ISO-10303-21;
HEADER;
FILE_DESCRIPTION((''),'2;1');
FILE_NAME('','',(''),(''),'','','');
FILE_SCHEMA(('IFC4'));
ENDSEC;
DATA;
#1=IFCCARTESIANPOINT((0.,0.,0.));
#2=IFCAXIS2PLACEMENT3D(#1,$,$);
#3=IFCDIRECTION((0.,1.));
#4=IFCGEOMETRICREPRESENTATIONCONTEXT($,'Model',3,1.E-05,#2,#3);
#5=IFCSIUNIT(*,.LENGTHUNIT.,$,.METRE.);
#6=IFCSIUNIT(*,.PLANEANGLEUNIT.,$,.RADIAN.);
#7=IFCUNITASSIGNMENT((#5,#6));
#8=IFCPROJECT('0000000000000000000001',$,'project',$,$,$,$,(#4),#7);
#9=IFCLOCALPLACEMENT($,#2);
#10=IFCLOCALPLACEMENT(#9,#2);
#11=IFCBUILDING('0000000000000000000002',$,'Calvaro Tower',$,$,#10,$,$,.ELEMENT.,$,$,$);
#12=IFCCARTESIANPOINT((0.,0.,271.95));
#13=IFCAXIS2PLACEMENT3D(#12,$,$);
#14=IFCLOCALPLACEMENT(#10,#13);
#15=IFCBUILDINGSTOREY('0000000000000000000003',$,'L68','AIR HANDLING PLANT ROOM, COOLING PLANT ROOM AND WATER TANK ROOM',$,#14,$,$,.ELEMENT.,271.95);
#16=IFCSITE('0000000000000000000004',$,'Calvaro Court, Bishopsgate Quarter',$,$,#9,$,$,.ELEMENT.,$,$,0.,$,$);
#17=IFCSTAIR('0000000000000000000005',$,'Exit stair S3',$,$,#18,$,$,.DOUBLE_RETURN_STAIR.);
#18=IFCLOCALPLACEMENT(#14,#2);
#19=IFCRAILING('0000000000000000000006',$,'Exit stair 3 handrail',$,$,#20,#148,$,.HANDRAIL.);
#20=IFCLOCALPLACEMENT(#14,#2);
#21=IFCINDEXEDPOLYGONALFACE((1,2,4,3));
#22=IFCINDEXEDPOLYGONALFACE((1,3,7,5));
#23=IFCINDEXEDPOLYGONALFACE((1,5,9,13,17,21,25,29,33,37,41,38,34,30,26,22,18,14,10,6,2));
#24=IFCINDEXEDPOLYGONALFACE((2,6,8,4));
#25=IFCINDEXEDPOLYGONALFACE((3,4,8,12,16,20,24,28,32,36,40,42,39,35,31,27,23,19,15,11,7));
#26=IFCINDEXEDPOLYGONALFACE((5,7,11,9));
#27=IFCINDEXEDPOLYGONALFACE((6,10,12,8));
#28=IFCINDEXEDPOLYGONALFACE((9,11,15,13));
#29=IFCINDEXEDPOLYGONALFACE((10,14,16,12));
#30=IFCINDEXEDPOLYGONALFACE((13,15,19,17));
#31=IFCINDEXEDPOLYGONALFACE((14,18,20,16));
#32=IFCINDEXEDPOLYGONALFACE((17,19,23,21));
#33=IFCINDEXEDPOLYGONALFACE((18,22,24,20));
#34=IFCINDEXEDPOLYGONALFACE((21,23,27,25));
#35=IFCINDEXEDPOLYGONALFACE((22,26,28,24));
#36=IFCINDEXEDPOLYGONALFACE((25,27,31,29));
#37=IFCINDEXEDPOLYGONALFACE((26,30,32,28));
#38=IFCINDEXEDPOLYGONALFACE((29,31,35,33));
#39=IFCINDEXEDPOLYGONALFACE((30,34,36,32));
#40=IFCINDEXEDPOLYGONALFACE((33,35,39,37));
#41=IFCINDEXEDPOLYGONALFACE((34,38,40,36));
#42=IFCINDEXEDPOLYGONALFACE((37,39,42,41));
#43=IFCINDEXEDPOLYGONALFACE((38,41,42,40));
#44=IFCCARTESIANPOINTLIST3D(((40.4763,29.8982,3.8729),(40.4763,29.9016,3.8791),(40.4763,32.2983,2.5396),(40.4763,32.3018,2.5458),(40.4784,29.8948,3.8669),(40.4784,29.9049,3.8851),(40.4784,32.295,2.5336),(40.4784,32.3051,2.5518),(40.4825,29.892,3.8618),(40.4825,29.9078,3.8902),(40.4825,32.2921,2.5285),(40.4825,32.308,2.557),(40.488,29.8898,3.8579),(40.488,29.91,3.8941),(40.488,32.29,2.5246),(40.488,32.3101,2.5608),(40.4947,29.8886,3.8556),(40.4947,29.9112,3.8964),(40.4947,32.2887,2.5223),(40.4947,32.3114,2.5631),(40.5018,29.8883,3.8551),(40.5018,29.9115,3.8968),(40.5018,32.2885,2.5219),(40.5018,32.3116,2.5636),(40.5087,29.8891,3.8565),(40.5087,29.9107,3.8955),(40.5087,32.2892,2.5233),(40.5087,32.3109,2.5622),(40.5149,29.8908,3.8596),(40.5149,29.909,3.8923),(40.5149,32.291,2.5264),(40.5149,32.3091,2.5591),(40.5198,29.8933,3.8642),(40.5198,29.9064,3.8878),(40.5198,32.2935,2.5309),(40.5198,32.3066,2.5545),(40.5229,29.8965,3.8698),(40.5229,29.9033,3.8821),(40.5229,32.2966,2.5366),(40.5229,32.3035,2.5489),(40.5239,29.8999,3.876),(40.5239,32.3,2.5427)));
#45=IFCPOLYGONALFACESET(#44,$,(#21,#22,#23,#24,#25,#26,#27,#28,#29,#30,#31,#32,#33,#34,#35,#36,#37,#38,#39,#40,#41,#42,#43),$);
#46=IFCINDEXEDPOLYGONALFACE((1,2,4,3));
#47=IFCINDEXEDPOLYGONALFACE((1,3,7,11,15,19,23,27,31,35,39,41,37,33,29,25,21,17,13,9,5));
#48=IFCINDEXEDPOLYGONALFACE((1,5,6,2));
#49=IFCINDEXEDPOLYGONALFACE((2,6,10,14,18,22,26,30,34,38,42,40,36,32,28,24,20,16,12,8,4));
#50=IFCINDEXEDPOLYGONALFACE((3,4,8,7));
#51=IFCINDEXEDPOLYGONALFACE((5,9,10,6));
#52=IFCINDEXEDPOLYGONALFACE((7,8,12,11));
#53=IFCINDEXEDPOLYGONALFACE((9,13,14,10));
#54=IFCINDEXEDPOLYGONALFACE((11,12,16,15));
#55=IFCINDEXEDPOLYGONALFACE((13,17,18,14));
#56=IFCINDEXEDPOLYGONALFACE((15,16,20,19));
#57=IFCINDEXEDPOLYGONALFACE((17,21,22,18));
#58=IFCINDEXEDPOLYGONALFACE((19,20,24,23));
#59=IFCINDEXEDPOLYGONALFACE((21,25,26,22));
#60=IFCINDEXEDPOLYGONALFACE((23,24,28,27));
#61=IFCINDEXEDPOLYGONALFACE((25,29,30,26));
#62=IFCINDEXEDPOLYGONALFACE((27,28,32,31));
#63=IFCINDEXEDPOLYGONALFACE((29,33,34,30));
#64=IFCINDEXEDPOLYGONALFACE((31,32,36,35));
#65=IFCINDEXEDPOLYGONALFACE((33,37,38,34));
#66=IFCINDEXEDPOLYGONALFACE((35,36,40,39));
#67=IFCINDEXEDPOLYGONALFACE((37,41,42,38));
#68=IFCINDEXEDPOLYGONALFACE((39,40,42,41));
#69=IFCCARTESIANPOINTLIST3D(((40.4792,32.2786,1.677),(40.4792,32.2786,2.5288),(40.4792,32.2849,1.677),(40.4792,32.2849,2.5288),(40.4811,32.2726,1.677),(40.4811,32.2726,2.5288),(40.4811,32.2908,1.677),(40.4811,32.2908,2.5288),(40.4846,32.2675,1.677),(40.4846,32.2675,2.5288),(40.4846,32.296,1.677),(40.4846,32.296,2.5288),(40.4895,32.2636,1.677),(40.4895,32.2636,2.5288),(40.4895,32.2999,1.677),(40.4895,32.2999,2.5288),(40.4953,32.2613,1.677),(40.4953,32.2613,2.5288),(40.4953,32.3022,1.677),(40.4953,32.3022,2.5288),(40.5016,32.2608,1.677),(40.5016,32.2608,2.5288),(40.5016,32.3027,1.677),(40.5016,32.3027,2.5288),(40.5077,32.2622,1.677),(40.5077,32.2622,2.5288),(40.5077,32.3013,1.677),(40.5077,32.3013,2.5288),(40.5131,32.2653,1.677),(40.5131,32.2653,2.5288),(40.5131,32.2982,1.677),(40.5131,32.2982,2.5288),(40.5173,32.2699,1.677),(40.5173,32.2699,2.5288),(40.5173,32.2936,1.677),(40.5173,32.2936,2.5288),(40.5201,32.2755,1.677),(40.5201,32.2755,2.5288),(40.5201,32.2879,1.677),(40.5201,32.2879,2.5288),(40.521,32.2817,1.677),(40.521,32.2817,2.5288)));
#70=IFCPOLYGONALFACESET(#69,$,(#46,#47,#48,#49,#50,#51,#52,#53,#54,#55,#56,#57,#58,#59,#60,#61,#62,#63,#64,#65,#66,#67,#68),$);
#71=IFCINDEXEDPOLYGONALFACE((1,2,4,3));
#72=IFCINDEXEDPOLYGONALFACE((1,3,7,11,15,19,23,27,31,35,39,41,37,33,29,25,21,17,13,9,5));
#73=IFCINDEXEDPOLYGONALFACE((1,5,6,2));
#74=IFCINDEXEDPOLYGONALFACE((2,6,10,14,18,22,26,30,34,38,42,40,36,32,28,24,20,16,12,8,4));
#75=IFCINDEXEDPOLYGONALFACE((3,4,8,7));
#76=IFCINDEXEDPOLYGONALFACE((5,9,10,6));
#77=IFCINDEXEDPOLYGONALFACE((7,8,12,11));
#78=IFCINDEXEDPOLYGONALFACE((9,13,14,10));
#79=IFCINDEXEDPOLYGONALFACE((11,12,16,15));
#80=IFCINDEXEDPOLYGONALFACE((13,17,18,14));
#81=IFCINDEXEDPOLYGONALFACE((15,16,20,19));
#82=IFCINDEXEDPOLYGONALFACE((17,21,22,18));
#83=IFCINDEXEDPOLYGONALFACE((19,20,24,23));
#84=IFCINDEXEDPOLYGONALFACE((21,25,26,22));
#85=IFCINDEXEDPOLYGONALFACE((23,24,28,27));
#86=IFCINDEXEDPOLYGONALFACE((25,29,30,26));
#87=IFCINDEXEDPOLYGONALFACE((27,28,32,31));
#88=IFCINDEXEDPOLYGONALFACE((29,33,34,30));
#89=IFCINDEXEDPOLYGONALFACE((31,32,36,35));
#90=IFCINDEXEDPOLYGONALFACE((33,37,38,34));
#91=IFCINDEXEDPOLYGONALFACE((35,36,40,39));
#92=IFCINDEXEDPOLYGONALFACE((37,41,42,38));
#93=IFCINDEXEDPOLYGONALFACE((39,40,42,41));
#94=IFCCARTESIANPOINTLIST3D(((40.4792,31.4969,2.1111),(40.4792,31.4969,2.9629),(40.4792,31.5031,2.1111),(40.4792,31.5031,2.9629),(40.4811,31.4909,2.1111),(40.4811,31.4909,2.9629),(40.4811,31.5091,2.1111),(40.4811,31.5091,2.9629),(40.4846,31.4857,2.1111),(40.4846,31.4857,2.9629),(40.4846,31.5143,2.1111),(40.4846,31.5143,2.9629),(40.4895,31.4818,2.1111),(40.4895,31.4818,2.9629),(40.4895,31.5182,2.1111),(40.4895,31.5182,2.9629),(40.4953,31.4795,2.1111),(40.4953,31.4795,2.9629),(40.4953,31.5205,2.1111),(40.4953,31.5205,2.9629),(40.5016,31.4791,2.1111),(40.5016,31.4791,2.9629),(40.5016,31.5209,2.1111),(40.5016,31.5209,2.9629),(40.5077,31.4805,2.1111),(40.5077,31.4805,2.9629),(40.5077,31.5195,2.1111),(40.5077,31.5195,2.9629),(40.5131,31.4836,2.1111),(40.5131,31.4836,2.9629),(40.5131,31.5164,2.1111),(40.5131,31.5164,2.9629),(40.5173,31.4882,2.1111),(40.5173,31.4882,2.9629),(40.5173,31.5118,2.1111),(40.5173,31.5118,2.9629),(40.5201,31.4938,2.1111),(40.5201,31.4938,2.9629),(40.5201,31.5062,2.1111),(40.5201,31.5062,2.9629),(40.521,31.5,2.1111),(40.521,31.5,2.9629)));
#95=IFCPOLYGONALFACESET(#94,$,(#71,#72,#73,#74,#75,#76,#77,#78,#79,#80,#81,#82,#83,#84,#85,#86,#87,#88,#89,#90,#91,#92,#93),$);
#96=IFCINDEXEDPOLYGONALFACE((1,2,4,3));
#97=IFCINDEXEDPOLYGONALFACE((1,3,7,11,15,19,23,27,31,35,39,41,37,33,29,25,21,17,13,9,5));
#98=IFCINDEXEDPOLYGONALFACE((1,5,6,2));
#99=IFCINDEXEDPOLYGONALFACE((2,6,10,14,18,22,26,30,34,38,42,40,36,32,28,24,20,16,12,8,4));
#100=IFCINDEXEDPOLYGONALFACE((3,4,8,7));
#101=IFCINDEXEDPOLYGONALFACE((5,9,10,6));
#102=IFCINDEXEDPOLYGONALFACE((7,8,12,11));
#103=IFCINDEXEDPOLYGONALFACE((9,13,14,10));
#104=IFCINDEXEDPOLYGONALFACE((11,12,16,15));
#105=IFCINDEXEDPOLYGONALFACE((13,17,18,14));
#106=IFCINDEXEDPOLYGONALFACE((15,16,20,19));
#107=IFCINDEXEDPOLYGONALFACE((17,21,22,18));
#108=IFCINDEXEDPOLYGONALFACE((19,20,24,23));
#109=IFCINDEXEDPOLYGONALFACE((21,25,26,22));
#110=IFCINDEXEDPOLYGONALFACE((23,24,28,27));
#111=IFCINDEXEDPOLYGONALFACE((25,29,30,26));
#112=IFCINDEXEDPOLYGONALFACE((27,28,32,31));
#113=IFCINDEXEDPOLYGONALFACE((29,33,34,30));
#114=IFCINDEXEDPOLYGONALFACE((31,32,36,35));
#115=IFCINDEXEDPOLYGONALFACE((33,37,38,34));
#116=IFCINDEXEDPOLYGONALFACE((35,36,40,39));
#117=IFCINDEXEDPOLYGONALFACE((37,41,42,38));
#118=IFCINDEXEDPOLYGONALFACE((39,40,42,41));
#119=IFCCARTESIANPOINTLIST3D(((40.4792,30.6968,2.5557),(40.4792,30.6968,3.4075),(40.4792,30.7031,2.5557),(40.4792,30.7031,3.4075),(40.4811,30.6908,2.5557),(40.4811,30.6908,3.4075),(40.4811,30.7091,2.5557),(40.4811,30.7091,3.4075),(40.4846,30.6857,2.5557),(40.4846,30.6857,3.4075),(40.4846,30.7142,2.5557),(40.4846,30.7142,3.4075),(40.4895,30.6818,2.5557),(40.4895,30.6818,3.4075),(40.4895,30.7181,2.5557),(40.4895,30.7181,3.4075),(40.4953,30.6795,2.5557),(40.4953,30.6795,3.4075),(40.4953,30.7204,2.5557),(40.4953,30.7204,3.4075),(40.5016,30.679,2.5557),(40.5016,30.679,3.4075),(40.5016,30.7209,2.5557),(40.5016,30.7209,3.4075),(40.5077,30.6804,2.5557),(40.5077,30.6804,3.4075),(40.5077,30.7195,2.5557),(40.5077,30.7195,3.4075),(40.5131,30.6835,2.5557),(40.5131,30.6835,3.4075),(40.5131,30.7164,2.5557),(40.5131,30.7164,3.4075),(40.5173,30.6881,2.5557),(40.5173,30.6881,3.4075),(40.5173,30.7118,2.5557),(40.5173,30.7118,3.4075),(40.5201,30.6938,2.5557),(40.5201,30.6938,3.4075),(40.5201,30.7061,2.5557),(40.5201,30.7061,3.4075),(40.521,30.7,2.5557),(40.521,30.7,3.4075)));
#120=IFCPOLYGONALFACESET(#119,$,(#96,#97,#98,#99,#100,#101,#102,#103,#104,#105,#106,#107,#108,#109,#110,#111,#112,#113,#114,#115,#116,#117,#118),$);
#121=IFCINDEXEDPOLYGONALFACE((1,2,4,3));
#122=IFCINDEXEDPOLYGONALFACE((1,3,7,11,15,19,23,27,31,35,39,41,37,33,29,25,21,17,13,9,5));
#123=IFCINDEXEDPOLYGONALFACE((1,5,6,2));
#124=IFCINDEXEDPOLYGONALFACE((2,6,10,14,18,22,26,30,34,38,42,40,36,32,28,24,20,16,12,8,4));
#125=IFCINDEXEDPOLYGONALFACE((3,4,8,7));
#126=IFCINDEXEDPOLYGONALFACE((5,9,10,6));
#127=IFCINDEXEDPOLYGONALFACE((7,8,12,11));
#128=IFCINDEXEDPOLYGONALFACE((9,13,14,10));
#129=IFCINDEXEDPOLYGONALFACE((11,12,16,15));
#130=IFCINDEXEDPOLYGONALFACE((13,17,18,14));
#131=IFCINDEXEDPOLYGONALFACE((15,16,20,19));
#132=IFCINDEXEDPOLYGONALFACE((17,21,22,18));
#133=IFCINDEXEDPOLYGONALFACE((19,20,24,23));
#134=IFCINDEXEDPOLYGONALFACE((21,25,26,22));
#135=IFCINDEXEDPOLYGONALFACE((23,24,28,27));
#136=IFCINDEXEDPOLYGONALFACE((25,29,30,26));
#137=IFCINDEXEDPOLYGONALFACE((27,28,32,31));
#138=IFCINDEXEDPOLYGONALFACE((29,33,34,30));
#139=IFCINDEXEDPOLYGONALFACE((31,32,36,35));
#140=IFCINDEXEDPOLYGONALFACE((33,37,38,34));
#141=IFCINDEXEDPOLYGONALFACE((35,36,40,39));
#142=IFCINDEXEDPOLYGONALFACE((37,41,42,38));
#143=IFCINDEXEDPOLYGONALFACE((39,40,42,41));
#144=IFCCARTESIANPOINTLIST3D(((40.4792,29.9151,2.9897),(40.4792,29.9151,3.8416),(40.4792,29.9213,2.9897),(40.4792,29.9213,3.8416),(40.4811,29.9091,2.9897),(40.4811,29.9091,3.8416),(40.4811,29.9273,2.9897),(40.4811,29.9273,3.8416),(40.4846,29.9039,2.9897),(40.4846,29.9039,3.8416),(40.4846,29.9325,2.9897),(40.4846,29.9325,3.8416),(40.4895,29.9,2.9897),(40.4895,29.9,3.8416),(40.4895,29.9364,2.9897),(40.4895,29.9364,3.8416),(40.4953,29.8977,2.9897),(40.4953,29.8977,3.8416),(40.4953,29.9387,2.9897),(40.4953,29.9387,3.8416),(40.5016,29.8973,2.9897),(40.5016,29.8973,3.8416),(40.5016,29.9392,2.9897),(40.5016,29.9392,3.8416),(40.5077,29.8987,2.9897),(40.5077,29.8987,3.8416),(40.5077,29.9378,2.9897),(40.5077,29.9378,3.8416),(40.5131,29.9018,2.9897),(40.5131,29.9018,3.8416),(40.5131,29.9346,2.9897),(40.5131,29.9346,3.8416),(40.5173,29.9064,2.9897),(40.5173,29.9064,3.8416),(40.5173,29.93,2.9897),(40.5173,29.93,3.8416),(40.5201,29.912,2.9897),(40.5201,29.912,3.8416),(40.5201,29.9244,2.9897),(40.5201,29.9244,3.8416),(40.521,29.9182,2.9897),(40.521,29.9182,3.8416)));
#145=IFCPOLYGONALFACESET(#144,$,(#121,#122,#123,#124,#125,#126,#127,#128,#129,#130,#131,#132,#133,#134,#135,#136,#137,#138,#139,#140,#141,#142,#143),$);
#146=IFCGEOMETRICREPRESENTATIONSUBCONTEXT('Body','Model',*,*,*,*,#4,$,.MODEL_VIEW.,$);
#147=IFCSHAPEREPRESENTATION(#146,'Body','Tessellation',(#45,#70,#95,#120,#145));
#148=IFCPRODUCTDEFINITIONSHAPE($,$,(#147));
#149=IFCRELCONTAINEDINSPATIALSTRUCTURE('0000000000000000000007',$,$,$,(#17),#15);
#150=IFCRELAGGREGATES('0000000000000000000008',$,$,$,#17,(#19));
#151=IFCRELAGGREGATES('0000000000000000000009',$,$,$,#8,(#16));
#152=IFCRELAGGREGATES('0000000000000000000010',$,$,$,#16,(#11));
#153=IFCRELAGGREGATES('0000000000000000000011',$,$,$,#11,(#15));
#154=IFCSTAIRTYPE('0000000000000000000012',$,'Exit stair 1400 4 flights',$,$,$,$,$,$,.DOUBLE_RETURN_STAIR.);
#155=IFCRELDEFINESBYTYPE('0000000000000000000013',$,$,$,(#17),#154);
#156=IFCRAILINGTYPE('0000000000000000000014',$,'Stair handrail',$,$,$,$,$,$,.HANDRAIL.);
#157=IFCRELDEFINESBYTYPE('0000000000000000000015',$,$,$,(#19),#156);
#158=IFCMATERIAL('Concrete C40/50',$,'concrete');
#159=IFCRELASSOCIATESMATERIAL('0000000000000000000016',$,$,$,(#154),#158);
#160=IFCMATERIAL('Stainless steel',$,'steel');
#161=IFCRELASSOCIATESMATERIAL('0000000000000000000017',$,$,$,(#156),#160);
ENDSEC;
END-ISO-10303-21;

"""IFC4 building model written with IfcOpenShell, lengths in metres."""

from ifc_helpers import new_model, si_unit, direction, frame, origin, origin_2d, place, context, subcontext, project, spatial, circle, extrude, material, type_object, element, aggregate, save


model = new_model("IFC4")

# Units and contexts
model_context = context("Model", 3, precision=1e-05, world=origin(), true_north=direction((0.0, 1.0)))
body_context = subcontext(model_context, "Body", "Model", "MODEL_VIEW")
ifc_project = project(units=[si_unit("LENGTHUNIT", "METRE"), si_unit("PLANEANGLEUNIT", "RADIAN")], contexts=[model_context])

# Site, building, storey
site_placement = place(None, origin())
site = spatial("IfcSite", under=ifc_project, at=site_placement, Name="Calvaro Court, Bishopsgate Quarter", CompositionType="ELEMENT", RefElevation=0.0)
building_placement = place(site_placement, origin())
building = spatial("IfcBuilding", under=site, at=building_placement, Name="Calvaro Tower", CompositionType="ELEMENT")
storey_placement = place(building_placement, frame((0.0, 0.0, 271.95)))
storey = spatial("IfcBuildingStorey", under=building, at=storey_placement, Name="L68", Description="AIR HANDLING PLANT ROOM, COOLING PLANT ROOM AND WATER TANK ROOM", CompositionType="ELEMENT", Elevation=271.95)

# Stair
ifc_material_1 = material(Name="Concrete C40/50", Category="concrete")
stair_type = type_object("IfcStairType", Name="Exit stair 1400 4 flights", PredefinedType="DOUBLE_RETURN_STAIR", material=ifc_material_1)
stair_placement = place(storey_placement, origin())
stair = element("IfcStair", 1, at=stair_placement, inside=storey, type_object=stair_type, Name="Exit stair S3", PredefinedType="DOUBLE_RETURN_STAIR")

# Railing
ifc_material_2 = material(Name="Stainless steel", Category="steel")
railing_type = type_object("IfcRailingType", Name="Stair handrail", PredefinedType="HANDRAIL", material=ifc_material_2)
railing_1_placement = place(storey_placement, frame((40.5, 32.3, 1.6667)))
railing_1 = element("IfcRailing", 2, at=railing_1_placement, type_object=railing_type, Name="Exit stair 3 handrail", PredefinedType="HANDRAIL", context=body_context, shape_type="SweptSolid", body=[
    extrude(circle(Radius=0.0239, at=origin_2d()), frame((0.0, 0.0, 0.876), z_axis=(0.0, -0.874182, 0.485598), x_axis=(1.0, 0.0, 0.0)), (0.0, 0.0, 1.0), 2.7456),
    extrude(circle(Radius=0.021, at=origin_2d()), frame((0.0, -0.0183, 0.0103)), (0.0, 0.0, 1.0), 0.8518),
    extrude(circle(Radius=0.021, at=origin_2d()), frame((0.0, -0.8, 0.4443)), (0.0, 0.0, 1.0), 0.8518),
    extrude(circle(Radius=0.021, at=origin_2d()), frame((0.0, -1.6001, 0.8889)), (0.0, 0.0, 1.0), 0.8518),
    extrude(circle(Radius=0.021, at=origin_2d()), frame((0.0, -2.3818, 1.323)), (0.0, 0.0, 1.0), 0.8518),
])
aggregate(stair, [railing_1])

save(model, "model.ifc")
